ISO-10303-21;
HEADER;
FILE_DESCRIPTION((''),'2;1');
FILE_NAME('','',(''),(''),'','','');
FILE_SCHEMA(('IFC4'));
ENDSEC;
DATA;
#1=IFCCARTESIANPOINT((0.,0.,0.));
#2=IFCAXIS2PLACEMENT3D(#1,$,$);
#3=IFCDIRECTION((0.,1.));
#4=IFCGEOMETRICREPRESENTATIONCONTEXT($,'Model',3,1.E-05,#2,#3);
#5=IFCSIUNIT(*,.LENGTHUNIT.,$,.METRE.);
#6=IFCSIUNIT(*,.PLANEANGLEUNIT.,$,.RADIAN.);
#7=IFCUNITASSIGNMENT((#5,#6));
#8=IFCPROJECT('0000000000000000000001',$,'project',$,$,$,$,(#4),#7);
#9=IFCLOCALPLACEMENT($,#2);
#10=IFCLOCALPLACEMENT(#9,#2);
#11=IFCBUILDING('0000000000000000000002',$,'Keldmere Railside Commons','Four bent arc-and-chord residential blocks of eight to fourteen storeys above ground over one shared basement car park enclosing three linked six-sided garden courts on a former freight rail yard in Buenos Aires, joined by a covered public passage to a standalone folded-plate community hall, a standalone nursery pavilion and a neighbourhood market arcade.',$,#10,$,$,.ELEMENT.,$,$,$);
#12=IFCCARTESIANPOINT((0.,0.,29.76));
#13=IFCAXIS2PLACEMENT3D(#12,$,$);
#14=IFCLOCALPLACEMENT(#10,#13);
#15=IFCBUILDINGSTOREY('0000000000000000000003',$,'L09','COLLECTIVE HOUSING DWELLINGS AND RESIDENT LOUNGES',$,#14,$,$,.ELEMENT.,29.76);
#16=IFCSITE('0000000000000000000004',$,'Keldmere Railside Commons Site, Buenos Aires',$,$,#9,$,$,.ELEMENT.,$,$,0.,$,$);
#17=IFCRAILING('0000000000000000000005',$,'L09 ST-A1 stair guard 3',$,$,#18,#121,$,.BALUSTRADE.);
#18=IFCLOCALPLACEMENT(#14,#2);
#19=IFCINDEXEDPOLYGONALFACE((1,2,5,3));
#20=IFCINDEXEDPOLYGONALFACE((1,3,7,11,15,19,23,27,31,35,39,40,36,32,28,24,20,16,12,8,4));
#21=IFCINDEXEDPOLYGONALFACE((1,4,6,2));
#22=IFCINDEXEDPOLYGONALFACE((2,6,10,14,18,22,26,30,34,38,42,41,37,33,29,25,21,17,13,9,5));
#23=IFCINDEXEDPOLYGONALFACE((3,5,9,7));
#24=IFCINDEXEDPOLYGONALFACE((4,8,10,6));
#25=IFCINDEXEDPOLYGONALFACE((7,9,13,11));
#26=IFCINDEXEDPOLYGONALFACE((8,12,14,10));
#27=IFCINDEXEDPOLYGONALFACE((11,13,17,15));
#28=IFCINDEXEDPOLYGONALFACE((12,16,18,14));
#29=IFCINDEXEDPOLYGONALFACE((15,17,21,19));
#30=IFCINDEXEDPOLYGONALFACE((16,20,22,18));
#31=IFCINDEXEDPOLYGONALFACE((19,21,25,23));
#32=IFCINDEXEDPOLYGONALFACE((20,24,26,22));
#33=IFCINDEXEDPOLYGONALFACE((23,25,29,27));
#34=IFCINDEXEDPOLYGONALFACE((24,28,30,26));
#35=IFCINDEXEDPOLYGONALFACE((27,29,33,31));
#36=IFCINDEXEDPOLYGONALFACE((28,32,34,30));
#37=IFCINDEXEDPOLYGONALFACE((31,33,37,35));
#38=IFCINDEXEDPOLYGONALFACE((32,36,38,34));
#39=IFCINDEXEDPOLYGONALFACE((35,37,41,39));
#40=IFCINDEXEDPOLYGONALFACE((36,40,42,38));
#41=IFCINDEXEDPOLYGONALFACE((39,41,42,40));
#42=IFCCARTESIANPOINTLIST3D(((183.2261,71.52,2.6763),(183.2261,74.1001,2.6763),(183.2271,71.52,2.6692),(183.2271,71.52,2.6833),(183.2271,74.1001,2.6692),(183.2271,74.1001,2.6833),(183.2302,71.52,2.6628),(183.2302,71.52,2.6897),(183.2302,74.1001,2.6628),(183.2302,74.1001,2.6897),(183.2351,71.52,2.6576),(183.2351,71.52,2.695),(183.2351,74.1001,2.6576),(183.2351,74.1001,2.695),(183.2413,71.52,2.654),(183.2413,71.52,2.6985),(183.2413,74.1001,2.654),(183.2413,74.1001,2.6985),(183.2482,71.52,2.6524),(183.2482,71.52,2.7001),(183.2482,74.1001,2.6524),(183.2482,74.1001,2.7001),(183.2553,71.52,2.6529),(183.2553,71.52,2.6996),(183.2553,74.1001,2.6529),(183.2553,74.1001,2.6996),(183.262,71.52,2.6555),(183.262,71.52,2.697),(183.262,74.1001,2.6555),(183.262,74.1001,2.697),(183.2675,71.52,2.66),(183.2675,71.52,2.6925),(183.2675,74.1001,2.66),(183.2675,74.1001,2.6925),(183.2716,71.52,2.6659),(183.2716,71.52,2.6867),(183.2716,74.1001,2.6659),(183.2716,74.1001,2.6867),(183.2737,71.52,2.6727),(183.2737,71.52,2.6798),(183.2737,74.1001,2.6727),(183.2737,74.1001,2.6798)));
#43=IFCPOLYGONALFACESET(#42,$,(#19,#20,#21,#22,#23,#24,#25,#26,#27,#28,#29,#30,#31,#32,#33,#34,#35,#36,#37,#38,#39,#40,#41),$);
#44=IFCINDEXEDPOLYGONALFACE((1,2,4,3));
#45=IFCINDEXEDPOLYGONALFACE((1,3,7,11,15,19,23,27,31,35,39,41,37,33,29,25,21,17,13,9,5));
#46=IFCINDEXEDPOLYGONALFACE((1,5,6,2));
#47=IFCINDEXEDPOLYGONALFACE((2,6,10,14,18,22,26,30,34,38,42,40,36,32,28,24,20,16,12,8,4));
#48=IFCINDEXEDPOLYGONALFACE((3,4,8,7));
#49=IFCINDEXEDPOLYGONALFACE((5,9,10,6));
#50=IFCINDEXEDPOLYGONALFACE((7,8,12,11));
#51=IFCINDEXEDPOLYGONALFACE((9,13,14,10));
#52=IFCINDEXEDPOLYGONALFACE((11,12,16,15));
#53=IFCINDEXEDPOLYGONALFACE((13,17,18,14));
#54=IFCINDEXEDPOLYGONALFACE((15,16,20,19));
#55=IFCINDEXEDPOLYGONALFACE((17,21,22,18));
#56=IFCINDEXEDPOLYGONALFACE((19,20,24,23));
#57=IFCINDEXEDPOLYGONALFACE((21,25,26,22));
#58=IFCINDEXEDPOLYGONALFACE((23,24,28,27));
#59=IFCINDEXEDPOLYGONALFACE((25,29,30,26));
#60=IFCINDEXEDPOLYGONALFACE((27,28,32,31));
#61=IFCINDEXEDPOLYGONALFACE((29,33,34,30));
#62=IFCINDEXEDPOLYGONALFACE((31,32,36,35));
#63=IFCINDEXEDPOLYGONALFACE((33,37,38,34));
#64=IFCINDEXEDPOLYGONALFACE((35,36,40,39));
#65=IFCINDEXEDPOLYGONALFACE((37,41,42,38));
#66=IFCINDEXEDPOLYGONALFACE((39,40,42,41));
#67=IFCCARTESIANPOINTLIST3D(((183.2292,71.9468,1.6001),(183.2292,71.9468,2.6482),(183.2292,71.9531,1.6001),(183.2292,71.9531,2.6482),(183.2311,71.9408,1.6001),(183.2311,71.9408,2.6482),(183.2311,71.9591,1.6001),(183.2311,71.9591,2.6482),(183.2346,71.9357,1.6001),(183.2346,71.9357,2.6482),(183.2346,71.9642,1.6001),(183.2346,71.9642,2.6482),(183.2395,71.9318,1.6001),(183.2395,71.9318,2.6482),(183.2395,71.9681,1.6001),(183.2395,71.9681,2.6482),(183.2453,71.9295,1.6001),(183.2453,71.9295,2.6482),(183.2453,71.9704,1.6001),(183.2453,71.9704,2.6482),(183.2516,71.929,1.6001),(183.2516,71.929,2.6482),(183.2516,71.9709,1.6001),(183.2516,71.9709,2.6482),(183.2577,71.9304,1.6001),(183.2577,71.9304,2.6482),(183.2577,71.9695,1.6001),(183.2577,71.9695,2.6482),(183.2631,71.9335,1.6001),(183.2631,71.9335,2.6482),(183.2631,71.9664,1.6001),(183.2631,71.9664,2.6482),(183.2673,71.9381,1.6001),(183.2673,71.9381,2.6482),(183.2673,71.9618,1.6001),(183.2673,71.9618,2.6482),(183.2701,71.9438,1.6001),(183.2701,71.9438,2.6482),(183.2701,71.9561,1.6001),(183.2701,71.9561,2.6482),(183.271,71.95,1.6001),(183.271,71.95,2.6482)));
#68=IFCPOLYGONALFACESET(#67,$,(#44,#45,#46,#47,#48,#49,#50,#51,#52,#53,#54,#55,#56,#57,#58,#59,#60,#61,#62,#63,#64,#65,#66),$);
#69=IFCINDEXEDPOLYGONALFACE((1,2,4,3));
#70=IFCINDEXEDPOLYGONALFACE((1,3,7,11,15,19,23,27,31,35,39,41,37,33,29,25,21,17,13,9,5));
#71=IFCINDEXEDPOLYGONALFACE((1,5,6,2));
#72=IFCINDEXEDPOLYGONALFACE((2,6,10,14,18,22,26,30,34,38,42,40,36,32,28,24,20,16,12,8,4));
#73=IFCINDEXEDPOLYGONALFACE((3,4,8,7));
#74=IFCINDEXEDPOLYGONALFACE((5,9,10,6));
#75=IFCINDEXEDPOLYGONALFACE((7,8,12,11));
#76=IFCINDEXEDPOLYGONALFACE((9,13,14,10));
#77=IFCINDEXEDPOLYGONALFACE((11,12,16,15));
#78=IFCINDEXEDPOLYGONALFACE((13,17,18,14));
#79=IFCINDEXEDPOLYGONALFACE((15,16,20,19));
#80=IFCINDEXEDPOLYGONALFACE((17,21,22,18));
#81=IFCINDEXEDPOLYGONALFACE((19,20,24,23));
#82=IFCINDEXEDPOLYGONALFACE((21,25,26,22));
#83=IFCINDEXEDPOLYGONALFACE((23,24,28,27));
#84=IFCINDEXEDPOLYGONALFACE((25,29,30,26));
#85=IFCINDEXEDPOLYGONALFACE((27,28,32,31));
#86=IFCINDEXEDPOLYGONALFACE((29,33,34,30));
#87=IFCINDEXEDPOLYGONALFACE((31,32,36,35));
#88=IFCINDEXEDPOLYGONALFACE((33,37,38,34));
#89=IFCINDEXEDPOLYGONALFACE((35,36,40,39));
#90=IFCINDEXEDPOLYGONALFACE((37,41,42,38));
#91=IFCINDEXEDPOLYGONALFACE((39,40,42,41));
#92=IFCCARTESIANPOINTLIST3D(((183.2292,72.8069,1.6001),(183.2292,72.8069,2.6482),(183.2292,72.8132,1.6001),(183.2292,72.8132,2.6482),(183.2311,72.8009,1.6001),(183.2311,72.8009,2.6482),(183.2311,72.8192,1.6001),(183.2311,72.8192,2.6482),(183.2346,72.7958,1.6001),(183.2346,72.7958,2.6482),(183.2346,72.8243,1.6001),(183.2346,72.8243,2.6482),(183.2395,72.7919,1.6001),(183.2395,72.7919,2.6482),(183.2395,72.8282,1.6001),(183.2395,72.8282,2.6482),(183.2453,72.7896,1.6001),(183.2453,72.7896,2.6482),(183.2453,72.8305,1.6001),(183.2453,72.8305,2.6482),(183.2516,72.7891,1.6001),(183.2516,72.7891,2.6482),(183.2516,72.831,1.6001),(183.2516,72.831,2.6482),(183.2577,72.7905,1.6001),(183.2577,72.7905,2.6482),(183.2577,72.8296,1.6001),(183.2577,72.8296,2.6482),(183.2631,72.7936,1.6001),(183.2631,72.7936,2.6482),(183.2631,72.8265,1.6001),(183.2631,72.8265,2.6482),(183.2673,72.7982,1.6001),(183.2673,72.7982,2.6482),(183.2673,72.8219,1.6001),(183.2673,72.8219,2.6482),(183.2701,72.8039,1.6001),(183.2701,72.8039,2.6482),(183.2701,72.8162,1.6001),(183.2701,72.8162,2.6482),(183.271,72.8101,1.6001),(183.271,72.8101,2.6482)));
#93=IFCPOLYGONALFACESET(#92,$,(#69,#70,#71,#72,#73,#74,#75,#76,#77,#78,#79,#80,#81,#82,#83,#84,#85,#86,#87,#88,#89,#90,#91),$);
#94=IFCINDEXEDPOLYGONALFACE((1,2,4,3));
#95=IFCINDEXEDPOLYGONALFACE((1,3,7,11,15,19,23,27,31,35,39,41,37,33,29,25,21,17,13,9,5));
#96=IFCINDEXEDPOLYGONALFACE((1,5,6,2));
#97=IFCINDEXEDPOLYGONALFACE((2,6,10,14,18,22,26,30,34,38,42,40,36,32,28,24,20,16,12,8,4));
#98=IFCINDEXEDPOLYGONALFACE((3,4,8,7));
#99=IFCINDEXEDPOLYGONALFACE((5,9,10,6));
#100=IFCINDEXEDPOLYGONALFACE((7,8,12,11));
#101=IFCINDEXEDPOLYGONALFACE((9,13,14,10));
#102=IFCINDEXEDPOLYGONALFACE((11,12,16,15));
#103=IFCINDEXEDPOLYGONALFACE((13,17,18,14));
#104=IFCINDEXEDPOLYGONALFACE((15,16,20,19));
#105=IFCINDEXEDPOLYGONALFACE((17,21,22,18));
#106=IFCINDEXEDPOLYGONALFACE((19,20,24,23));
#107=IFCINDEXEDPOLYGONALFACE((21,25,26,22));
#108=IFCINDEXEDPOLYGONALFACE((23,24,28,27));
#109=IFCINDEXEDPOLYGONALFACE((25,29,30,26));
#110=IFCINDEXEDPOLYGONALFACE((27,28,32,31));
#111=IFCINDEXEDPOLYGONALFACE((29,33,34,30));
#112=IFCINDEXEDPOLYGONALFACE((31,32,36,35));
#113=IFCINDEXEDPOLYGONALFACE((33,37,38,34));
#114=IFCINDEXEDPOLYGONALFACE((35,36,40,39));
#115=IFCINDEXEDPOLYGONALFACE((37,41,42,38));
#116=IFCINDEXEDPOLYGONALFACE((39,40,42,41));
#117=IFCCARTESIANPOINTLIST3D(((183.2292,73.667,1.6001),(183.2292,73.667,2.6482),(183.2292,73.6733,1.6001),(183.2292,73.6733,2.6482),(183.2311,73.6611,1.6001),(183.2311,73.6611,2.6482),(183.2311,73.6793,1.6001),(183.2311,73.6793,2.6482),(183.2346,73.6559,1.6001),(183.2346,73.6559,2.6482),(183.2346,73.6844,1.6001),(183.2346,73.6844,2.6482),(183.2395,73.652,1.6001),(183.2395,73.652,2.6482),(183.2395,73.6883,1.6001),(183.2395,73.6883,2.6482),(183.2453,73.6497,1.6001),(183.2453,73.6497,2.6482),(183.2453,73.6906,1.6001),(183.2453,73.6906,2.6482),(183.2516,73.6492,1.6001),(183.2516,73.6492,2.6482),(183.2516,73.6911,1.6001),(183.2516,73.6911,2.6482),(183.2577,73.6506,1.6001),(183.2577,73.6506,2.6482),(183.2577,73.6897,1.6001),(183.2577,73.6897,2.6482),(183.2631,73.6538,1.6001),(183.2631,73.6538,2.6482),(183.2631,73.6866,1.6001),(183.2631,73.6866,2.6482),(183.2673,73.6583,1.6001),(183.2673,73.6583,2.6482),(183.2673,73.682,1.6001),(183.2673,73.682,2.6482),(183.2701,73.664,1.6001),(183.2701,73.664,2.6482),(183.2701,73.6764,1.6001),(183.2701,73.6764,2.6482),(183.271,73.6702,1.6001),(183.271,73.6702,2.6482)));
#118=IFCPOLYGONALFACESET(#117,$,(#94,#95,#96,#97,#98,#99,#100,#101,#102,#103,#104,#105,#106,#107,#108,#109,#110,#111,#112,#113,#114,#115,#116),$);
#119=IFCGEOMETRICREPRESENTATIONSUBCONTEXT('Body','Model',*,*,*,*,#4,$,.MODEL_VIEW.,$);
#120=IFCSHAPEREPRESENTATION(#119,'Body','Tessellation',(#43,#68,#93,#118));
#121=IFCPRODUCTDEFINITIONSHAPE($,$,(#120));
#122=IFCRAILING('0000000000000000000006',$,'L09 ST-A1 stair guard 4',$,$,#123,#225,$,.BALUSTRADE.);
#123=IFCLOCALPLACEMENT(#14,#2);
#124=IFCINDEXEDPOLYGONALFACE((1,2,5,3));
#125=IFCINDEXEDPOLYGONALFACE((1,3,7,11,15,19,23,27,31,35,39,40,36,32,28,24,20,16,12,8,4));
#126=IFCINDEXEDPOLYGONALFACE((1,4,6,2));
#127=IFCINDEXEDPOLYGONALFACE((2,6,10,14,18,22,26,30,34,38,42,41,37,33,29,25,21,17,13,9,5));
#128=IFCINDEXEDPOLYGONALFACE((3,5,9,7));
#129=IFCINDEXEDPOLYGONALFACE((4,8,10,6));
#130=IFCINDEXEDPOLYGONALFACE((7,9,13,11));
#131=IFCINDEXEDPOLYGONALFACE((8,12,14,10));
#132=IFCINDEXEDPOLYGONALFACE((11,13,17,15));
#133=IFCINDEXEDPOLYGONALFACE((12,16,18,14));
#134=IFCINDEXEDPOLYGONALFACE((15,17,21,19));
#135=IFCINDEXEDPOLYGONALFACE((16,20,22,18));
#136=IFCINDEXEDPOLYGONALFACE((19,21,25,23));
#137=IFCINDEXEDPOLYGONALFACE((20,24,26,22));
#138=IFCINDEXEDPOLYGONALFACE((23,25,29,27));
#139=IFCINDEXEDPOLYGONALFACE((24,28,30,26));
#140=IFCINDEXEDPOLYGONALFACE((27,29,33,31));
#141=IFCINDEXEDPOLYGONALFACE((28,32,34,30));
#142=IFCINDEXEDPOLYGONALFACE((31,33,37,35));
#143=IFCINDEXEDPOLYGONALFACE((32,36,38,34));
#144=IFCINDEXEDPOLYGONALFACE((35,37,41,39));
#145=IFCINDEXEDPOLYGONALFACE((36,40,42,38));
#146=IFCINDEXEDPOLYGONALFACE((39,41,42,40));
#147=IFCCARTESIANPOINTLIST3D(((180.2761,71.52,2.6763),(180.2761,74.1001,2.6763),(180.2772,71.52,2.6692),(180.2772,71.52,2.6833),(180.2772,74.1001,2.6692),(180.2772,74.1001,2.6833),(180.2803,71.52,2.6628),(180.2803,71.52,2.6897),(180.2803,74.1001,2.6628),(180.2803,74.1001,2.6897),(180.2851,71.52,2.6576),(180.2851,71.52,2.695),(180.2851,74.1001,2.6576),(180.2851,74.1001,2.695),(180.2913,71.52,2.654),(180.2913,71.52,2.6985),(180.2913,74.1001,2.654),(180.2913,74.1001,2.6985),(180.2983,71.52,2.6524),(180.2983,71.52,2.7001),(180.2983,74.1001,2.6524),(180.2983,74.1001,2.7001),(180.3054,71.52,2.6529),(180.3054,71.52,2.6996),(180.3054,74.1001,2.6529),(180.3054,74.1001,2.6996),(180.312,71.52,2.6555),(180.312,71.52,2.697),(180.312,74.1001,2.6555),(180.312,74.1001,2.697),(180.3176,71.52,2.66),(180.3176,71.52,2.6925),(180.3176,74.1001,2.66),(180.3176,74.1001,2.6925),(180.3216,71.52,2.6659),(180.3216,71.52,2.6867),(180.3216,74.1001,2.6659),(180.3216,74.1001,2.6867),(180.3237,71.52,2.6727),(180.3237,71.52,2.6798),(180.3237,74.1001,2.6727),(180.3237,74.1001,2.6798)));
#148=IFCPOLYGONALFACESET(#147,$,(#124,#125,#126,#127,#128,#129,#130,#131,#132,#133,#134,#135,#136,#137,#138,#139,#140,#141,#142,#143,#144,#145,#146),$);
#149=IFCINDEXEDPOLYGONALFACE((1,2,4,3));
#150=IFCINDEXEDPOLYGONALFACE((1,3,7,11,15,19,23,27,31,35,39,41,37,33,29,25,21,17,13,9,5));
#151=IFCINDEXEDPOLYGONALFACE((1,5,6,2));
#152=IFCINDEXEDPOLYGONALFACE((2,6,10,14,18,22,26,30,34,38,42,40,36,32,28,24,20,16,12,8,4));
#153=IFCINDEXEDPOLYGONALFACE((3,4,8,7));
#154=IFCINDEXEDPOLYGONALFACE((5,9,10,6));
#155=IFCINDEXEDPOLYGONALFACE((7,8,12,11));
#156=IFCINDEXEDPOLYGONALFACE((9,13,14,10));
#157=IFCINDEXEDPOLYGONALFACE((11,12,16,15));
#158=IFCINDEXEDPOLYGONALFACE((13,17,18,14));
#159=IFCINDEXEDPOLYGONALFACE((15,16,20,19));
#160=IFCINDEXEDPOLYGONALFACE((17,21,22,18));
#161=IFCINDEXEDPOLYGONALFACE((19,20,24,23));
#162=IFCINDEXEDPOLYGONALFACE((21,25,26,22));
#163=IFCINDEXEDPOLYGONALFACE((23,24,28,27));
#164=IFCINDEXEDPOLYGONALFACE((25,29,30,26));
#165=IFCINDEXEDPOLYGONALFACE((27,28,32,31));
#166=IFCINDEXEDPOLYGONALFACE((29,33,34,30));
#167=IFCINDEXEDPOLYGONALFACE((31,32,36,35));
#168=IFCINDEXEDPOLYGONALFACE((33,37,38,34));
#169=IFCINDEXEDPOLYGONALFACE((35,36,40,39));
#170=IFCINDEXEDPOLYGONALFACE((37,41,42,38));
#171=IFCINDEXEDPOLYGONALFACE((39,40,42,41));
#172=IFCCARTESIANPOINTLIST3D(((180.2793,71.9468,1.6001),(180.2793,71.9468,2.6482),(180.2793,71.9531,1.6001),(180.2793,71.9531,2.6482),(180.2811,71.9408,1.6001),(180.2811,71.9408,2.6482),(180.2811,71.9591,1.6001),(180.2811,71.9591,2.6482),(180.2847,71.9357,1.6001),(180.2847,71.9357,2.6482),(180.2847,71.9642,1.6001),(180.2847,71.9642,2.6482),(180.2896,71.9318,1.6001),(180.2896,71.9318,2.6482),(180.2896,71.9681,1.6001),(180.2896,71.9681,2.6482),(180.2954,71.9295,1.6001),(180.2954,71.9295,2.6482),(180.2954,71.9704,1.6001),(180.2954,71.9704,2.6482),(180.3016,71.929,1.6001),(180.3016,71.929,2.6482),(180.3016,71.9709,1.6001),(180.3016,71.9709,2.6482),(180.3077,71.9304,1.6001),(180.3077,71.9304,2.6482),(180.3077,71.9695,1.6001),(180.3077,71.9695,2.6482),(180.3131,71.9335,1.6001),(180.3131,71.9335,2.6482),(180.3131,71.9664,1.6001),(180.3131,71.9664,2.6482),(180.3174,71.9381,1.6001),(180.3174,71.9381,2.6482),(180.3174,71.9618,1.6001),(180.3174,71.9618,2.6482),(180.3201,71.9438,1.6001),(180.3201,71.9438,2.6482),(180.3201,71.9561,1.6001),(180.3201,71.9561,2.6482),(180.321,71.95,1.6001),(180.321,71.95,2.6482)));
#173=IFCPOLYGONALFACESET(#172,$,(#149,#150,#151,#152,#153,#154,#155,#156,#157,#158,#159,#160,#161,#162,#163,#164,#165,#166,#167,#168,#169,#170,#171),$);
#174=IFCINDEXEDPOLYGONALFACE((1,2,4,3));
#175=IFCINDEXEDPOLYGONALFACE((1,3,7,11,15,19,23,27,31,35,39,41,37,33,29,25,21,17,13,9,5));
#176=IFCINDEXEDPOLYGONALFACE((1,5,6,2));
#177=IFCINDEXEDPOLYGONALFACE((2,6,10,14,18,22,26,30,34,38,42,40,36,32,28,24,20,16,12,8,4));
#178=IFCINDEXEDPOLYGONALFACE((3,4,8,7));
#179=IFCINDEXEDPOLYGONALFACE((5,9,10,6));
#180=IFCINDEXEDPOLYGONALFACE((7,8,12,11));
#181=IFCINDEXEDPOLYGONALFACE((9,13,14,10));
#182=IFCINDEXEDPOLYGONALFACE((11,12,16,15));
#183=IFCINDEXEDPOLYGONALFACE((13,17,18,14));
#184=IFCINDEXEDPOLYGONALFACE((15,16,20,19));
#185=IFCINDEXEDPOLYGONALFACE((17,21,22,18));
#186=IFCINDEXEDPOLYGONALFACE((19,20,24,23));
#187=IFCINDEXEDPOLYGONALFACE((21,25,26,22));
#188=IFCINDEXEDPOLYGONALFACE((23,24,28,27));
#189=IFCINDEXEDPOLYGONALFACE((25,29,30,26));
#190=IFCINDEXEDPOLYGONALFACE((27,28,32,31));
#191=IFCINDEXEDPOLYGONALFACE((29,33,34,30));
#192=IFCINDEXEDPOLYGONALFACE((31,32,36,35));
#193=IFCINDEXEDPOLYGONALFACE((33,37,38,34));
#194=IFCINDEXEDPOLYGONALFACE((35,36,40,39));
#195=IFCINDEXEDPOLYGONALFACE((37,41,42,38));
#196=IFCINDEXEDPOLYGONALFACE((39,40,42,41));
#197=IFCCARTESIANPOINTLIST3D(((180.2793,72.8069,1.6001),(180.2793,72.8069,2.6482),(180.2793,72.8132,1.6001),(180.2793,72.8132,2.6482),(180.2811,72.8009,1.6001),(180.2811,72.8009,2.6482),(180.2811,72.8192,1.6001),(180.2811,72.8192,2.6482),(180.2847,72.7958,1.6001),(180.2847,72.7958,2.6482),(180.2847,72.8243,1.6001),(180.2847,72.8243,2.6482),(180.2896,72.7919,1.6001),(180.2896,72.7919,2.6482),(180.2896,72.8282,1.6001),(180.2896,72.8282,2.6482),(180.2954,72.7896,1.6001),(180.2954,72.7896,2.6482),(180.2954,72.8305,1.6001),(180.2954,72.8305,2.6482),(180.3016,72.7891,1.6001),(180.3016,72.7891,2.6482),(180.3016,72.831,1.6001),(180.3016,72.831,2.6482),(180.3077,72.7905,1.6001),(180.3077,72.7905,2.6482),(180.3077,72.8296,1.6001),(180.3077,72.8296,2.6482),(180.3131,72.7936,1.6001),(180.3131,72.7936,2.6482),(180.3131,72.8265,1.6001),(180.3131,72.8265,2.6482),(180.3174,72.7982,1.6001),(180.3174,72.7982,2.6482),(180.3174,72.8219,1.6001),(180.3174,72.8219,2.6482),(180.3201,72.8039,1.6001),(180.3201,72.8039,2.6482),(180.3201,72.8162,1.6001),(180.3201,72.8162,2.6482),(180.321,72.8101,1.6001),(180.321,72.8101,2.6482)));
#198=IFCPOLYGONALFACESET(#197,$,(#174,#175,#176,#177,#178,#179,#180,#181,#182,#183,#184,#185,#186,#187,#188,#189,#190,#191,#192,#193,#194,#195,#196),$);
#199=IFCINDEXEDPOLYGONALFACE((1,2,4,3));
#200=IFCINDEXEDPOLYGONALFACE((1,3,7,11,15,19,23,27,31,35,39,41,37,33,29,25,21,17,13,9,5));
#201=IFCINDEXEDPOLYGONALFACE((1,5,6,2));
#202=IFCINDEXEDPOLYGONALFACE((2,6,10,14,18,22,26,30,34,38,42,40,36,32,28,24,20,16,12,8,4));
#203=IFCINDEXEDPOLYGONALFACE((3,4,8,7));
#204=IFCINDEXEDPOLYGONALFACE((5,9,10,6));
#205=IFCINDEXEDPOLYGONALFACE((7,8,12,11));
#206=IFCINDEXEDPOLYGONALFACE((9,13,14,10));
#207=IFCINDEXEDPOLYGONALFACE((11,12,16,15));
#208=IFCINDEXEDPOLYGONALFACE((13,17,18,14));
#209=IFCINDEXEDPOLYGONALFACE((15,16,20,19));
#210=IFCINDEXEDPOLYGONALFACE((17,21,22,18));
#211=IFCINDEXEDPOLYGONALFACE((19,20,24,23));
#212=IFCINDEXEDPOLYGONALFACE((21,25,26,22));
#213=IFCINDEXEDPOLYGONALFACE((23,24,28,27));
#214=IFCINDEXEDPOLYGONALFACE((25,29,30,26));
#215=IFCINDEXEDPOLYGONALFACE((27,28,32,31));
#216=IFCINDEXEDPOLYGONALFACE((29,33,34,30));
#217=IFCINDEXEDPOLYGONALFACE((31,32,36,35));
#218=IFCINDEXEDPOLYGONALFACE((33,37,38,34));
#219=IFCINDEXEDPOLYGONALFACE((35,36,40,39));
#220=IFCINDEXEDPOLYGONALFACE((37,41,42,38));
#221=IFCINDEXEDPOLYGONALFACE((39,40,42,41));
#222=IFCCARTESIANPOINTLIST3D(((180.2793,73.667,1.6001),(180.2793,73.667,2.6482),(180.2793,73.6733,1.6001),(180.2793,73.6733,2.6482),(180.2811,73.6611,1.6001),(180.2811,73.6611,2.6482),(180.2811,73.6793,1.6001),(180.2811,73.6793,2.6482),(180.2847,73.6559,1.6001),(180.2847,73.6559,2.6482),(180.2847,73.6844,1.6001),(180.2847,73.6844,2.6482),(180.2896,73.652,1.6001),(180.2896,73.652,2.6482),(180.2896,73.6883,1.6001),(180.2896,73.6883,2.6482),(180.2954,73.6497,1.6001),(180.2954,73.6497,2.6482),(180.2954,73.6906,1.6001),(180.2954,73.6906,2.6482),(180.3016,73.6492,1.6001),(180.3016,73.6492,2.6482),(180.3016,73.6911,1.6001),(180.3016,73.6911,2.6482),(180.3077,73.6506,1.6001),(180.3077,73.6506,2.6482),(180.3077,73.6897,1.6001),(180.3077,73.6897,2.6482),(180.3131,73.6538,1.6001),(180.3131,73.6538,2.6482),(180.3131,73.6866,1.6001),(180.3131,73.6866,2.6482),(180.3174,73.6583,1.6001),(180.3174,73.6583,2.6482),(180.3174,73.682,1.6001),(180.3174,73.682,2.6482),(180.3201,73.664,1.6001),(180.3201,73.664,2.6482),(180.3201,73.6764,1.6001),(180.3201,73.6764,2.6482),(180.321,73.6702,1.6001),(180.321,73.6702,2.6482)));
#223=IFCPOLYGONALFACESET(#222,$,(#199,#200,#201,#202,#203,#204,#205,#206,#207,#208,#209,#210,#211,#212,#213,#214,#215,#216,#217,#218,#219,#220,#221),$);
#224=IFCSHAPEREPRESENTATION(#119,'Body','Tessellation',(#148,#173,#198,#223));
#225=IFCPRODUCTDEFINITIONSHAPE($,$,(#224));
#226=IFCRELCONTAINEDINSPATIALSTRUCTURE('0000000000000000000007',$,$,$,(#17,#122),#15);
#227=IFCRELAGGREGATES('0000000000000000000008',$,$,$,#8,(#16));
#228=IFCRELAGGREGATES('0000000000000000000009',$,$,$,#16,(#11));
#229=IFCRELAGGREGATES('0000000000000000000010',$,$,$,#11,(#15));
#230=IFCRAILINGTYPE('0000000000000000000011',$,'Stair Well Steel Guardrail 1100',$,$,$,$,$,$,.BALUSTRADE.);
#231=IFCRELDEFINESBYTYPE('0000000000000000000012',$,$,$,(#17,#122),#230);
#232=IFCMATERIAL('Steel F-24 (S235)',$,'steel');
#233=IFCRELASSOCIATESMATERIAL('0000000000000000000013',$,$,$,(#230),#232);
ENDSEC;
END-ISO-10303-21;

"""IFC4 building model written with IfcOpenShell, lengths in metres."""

from ifc_helpers import new_model, si_unit, direction, frame, origin, origin_2d, place, context, subcontext, project, spatial, circle, extrude, material, type_object, element, save


model = new_model("IFC4")

# Units and contexts
model_context = context("Model", 3, precision=1e-05, world=origin(), true_north=direction((0.0, 1.0)))
body_context = subcontext(model_context, "Body", "Model", "MODEL_VIEW")
ifc_project = project(units=[si_unit("LENGTHUNIT", "METRE"), si_unit("PLANEANGLEUNIT", "RADIAN")], contexts=[model_context])

# Site, building, storey
site_placement = place(None, origin())
site = spatial("IfcSite", under=ifc_project, at=site_placement, Name="Keldmere Railside Commons Site, Buenos Aires", CompositionType="ELEMENT", RefElevation=0.0)
building_placement = place(site_placement, origin())
building = spatial("IfcBuilding", under=site, at=building_placement, Name="Keldmere Railside Commons", Description="Four bent arc-and-chord residential blocks of eight to fourteen storeys above ground over one shared basement car park enclosing three linked six-sided garden courts on a former freight rail yard in Buenos Aires, joined by a covered public passage to a standalone folded-plate community hall, a standalone nursery pavilion and a neighbourhood market arcade.", CompositionType="ELEMENT")
storey_placement = place(building_placement, frame((0.0, 0.0, 29.76)))
storey = spatial("IfcBuildingStorey", under=building, at=storey_placement, Name="L09", Description="COLLECTIVE HOUSING DWELLINGS AND RESIDENT LOUNGES", CompositionType="ELEMENT", Elevation=29.76)

# Shared definitions
ifc_material_1 = material(Name="Steel F-24 (S235)", Category="steel")

# Railings
railing_type_1 = type_object("IfcRailingType", Name="Stair Well Steel Guardrail 1100", PredefinedType="BALUSTRADE", material=ifc_material_1)
for number, where, name in (
    (1, (183.25, 71.52, 1.6001), "L09 ST-A1 stair guard 3"),
    (2, (180.3, 71.52, 1.6001), "L09 ST-A1 stair guard 4"),
):
    element("IfcRailing", number, at=place(storey_placement, frame(where)), inside=storey, type_object=railing_type_1, Name=name, PredefinedType="BALUSTRADE", context=body_context, shape_type="SweptSolid", body=[
        extrude(circle(Radius=0.0239, at=origin_2d()), frame((0.0, 0.0, 1.0762), z_axis=(0.0, 1.0, 0.0), x_axis=(-1.0, 0.0, 0.0)), (0.0, 0.0, 1.0), 2.5801),
        extrude(circle(Radius=0.021, at=origin_2d()), frame((0.0, 0.4299, 0.0)), (0.0, 0.0, 1.0), 1.0481),
        extrude(circle(Radius=0.021, at=origin_2d()), frame((0.0, 1.29, 0.0)), (0.0, 0.0, 1.0), 1.0481),
        extrude(circle(Radius=0.021, at=origin_2d()), frame((0.0, 2.1501, 0.0)), (0.0, 0.0, 1.0), 1.0481),
    ])

save(model, "model.ifc")
